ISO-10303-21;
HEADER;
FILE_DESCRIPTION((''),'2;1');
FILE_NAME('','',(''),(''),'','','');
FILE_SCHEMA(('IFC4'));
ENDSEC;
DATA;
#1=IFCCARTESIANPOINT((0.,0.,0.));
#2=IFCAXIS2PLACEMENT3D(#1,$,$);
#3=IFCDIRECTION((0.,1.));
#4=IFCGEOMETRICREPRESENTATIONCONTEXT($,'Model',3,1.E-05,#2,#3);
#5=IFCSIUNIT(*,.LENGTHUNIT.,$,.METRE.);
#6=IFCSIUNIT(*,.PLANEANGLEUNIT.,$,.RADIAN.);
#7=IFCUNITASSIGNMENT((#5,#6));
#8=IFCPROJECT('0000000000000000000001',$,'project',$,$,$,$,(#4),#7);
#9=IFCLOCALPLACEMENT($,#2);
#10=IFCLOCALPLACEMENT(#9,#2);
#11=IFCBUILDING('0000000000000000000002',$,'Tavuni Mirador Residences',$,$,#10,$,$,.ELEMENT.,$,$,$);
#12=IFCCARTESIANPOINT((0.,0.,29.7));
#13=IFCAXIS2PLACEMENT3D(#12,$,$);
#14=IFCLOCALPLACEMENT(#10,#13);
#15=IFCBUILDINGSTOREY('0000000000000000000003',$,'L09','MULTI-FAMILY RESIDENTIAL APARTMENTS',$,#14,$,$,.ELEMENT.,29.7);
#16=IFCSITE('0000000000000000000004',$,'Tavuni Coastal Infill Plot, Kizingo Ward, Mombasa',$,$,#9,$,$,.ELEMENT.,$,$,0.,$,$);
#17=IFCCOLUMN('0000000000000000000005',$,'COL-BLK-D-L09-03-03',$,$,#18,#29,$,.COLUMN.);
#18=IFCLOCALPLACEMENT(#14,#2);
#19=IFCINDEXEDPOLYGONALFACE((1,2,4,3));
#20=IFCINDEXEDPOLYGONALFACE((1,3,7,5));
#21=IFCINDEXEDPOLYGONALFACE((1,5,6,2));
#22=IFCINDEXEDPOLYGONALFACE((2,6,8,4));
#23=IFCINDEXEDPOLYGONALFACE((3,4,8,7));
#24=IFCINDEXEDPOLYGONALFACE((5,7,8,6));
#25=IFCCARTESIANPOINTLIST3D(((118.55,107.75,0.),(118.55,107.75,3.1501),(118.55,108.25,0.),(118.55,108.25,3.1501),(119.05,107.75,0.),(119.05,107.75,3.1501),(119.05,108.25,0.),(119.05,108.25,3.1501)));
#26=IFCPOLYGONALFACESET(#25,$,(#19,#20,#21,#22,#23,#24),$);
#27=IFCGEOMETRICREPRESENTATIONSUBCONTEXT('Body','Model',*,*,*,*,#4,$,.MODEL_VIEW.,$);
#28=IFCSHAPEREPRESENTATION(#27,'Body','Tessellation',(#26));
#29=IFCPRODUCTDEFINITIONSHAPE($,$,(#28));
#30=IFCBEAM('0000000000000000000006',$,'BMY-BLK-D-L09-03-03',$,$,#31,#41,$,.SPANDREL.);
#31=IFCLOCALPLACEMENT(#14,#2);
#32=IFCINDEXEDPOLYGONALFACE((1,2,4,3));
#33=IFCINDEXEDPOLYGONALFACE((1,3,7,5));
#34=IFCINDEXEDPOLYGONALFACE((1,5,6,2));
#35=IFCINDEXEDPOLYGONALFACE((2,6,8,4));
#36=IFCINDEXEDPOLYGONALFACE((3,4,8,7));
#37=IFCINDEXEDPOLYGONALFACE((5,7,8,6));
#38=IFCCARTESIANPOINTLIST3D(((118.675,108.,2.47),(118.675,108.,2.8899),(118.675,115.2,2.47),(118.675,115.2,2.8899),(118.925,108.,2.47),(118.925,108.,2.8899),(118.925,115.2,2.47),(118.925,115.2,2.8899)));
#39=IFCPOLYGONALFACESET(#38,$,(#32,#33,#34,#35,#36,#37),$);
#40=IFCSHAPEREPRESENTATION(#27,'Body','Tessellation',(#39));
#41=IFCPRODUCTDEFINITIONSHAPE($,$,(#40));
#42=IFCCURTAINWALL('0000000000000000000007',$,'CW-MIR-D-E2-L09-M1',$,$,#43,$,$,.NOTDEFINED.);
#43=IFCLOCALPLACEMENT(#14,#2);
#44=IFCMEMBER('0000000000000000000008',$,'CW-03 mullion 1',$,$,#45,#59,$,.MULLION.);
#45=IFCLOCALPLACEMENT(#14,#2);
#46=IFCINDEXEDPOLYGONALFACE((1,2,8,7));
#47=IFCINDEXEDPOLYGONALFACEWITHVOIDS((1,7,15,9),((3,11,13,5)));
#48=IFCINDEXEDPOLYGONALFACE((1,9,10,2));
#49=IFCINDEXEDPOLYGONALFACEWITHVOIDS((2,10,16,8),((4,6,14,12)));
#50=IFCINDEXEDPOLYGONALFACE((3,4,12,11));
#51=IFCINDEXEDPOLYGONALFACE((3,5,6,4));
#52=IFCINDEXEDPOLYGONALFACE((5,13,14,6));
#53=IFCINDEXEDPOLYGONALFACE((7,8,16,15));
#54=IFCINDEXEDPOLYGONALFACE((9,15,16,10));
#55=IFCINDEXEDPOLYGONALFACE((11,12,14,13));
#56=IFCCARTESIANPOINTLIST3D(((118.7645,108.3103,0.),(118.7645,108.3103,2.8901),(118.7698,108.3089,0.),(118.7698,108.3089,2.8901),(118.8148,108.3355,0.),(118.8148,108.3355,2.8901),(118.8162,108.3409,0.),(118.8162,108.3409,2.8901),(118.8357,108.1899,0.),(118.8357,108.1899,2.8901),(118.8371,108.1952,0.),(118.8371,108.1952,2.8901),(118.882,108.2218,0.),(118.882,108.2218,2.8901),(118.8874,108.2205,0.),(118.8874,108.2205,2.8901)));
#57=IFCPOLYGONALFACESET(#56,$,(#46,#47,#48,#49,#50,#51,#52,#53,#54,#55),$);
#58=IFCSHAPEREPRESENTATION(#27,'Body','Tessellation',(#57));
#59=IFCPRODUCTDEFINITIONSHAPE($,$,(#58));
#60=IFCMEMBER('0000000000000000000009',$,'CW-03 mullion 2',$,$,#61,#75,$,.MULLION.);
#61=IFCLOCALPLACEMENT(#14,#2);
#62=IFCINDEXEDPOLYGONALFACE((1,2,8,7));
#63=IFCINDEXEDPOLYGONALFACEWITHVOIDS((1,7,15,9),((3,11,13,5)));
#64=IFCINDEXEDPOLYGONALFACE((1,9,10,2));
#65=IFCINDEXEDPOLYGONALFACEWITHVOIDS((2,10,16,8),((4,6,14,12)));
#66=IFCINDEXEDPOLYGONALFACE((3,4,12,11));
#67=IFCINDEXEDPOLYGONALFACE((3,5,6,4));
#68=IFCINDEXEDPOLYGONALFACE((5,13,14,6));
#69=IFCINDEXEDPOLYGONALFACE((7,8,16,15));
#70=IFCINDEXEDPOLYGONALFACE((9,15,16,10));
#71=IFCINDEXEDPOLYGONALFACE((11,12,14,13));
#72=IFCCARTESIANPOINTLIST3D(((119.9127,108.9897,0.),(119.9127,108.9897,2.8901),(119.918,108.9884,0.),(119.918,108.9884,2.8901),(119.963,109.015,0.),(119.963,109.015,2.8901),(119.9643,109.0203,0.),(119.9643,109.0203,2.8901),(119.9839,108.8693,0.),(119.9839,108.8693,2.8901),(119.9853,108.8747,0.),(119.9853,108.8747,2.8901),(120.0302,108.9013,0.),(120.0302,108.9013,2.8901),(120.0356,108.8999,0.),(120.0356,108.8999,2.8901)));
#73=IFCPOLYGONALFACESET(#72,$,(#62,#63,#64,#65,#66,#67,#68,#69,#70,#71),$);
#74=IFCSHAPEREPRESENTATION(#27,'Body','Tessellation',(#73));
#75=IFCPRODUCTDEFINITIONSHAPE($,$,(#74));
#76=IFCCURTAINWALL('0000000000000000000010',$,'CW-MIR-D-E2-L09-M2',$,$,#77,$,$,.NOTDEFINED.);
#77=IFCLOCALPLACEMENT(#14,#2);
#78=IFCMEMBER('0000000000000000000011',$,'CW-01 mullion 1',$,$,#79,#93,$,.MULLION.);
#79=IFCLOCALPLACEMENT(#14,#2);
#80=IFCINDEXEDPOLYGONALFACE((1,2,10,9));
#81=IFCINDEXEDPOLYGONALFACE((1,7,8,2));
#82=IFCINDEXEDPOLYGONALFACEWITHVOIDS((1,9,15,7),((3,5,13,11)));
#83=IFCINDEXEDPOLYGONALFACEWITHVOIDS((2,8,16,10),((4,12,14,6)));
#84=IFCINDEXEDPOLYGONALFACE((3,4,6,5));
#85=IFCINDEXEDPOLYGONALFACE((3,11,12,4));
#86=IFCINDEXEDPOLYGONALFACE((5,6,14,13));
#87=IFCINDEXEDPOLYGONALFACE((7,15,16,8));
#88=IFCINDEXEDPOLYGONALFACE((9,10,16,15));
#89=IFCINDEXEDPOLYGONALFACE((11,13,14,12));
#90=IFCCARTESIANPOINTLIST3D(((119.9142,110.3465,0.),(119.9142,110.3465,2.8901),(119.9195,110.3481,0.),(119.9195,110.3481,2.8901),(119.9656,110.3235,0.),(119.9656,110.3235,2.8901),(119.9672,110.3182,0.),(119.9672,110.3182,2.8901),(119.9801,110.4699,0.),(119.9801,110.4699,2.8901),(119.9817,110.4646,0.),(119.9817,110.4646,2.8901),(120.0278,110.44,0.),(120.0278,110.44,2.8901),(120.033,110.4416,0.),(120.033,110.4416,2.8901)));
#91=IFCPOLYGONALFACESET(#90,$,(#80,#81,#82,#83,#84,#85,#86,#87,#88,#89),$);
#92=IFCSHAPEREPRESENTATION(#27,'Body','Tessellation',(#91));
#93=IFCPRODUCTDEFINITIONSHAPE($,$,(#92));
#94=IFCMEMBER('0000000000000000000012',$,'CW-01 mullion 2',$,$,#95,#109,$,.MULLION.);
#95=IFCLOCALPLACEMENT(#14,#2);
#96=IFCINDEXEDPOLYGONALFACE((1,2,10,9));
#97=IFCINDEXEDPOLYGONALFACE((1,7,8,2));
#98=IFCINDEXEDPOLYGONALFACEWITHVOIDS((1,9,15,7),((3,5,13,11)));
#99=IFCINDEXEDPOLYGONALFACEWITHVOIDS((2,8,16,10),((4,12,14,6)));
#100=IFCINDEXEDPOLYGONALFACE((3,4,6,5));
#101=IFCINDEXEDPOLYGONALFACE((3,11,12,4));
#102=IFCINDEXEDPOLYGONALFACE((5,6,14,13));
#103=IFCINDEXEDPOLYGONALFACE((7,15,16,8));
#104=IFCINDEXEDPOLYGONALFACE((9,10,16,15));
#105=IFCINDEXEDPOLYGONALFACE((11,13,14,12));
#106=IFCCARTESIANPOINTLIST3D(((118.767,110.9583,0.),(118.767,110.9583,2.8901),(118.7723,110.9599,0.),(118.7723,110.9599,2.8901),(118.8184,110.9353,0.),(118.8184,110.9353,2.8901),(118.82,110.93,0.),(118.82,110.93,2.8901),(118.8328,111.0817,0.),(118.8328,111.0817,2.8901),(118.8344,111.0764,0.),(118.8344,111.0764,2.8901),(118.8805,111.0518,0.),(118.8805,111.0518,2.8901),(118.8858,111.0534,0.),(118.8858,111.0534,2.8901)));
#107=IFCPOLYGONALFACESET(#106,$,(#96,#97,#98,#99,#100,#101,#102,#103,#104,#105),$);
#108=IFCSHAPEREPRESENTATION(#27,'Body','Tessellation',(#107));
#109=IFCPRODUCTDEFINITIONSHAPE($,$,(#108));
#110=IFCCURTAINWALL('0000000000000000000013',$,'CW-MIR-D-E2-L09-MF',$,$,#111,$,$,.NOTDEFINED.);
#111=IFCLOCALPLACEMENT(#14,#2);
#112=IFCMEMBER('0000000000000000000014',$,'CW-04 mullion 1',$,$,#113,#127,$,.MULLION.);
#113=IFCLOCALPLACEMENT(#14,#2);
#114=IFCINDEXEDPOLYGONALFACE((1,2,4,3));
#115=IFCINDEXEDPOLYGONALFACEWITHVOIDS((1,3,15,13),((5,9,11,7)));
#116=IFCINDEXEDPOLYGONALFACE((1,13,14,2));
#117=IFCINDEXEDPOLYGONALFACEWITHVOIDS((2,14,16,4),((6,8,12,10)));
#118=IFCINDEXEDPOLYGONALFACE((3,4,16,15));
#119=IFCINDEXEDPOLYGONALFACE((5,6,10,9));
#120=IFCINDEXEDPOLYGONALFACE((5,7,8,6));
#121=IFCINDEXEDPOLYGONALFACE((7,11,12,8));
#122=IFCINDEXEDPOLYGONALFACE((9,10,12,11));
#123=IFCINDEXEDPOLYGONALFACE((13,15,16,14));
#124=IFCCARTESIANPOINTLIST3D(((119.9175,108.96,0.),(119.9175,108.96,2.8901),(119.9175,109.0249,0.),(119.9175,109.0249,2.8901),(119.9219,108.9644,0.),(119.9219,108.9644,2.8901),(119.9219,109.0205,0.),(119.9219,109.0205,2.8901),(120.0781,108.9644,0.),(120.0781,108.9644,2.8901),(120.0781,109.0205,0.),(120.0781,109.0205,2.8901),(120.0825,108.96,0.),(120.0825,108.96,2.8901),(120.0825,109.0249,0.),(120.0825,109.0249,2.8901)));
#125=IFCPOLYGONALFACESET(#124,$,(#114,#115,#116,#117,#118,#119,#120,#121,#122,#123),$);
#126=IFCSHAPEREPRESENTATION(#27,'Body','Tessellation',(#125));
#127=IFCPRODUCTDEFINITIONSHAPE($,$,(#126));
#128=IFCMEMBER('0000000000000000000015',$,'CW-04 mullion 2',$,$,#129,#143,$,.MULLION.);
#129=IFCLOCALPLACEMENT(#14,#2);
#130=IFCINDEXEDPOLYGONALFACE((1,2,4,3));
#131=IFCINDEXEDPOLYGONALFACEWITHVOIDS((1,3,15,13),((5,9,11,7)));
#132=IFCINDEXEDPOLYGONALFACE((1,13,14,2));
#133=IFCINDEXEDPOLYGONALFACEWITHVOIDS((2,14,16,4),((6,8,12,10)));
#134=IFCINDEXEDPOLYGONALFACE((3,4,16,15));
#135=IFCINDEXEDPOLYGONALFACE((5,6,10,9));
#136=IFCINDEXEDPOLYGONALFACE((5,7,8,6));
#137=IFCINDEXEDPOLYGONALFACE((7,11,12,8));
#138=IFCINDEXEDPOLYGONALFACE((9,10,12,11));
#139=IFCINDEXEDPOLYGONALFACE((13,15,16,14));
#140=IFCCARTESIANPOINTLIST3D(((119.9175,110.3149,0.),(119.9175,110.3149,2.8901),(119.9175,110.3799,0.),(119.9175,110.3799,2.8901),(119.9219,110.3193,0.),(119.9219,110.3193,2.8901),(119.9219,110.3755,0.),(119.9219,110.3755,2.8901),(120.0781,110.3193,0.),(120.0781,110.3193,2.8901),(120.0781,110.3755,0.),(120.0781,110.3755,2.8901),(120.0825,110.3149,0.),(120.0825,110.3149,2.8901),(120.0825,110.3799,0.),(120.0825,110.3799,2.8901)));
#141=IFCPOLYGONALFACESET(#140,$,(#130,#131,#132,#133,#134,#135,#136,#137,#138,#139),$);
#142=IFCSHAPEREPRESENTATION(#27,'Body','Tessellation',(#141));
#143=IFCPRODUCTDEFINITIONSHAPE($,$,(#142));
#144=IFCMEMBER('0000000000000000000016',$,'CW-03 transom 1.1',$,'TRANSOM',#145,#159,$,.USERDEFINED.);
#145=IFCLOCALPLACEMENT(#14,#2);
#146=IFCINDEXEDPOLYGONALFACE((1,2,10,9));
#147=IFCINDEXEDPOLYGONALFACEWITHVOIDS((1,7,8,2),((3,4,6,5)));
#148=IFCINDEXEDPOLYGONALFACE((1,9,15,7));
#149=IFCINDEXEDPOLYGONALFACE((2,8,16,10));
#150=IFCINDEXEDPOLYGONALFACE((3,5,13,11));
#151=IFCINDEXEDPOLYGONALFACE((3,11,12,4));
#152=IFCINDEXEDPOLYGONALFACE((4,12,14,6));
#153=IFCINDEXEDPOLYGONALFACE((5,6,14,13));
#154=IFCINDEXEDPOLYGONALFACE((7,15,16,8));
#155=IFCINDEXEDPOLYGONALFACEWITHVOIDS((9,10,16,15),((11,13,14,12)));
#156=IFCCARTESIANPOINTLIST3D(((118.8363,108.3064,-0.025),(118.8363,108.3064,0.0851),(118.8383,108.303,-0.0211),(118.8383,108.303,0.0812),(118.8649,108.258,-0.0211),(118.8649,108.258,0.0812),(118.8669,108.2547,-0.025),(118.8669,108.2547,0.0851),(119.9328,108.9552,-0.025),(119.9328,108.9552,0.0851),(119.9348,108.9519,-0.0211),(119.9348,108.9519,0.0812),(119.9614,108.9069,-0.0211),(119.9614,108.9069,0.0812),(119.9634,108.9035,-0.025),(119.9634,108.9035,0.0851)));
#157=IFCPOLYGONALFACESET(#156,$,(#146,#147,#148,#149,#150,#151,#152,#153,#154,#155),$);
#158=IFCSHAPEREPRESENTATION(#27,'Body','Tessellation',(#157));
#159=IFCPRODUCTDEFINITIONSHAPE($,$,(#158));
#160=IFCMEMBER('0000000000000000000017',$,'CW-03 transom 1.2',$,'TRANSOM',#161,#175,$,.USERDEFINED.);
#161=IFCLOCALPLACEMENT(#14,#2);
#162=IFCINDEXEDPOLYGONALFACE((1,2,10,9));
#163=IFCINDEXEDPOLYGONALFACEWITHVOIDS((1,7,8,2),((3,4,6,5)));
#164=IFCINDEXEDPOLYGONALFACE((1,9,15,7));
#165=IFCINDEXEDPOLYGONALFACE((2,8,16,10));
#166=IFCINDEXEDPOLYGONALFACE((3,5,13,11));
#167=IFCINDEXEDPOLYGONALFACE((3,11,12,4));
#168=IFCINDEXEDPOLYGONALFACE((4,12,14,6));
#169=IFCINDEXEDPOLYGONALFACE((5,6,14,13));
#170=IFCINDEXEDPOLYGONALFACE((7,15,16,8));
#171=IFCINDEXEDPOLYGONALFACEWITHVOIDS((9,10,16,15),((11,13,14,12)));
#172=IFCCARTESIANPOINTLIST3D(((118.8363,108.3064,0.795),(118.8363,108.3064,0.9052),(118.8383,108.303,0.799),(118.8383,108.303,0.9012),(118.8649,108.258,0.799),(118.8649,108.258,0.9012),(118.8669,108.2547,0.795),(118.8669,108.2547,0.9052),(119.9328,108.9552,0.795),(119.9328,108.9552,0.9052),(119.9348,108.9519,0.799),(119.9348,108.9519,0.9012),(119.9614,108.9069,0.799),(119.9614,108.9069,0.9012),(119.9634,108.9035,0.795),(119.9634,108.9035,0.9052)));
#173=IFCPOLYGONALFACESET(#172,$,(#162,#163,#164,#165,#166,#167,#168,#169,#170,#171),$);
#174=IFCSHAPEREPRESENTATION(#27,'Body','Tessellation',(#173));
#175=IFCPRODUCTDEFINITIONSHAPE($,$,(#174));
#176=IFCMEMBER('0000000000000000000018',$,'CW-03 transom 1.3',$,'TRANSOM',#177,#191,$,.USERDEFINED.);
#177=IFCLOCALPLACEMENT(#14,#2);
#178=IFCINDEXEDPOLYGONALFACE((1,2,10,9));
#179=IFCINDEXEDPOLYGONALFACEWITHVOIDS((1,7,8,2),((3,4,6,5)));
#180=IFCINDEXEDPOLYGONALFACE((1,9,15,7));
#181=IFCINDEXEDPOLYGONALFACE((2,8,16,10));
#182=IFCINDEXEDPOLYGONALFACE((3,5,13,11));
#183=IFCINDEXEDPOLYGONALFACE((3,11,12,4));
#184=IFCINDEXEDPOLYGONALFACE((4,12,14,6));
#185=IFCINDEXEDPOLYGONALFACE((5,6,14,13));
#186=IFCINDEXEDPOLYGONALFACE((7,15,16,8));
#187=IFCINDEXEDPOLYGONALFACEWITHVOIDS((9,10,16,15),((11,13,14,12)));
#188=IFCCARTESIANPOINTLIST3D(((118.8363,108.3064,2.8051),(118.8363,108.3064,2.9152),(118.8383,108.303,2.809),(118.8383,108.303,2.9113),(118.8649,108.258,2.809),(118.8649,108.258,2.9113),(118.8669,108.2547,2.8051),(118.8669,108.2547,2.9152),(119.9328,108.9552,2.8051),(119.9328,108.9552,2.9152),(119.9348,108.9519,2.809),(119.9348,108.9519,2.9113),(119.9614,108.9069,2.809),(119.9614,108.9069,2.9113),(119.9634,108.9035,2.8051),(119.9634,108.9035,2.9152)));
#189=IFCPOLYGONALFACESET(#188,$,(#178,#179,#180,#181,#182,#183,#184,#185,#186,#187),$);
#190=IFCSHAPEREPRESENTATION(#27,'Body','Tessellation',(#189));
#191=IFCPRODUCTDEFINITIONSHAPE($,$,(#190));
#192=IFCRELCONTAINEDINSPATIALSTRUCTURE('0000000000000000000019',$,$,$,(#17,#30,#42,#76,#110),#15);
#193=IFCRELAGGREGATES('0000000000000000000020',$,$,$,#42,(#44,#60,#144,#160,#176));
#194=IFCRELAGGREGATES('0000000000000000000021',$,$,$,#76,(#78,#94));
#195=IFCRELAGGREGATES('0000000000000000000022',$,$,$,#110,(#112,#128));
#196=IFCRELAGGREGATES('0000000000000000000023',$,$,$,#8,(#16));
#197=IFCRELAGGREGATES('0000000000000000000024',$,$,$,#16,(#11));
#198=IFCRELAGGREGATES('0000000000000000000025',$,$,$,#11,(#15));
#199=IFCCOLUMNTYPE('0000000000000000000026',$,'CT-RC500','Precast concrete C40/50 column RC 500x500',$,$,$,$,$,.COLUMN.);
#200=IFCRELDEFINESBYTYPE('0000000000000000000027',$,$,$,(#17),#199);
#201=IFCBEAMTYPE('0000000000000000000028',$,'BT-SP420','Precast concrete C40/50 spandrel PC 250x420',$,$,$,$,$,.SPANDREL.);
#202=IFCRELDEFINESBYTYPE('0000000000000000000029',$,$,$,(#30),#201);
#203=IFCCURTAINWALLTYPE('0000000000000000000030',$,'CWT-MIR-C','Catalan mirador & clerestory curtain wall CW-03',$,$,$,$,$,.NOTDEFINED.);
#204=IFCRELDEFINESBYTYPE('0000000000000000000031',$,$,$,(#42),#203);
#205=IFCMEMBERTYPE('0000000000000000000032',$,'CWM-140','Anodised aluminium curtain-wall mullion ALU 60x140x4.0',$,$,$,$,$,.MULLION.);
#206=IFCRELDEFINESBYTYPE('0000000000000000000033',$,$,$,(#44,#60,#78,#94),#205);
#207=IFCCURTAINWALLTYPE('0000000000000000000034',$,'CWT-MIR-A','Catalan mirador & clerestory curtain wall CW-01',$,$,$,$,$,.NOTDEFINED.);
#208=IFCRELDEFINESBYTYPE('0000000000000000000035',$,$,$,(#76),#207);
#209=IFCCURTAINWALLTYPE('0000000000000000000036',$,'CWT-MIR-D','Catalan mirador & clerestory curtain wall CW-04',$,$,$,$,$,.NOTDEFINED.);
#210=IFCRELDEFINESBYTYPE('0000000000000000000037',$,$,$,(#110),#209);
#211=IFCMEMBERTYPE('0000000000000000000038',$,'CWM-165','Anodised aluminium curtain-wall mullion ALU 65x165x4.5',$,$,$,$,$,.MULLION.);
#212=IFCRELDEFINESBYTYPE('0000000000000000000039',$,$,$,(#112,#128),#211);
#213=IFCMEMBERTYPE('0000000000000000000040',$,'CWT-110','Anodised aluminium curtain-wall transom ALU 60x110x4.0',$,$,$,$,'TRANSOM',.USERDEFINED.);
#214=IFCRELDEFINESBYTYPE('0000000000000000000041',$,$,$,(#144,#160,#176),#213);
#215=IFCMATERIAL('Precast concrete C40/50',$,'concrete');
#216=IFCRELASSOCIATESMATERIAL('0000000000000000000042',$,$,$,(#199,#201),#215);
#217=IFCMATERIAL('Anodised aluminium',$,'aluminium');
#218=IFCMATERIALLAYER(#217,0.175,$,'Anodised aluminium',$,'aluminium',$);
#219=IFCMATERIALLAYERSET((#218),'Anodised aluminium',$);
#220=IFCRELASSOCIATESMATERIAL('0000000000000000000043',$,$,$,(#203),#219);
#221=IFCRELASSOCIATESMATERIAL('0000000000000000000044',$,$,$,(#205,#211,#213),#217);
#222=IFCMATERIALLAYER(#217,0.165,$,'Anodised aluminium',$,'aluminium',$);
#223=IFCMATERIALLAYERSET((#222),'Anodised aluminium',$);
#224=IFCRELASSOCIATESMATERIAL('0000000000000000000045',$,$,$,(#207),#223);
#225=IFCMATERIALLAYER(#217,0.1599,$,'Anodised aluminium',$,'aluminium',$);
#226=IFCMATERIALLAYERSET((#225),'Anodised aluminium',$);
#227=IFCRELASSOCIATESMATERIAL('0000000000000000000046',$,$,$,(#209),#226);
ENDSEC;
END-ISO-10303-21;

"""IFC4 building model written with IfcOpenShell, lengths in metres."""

from ifc_helpers import new_model, si_unit, direction, frame, origin, origin_2d, place, context, subcontext, project, spatial, rectangle, hollow_rectangle, extrude, material, layer, layer_set, material_profile, profile_set, type_object, element, aggregate, save


model = new_model("IFC4")

# Units and contexts
model_context = context("Model", 3, precision=1e-05, world=origin(), true_north=direction((0.0, 1.0)))
body_context = subcontext(model_context, "Body", "Model", "MODEL_VIEW")
ifc_project = project(units=[si_unit("LENGTHUNIT", "METRE"), si_unit("PLANEANGLEUNIT", "RADIAN")], contexts=[model_context])

# Site, building, storey
site_placement = place(None, origin())
site = spatial("IfcSite", under=ifc_project, at=site_placement, Name="Tavuni Coastal Infill Plot, Kizingo Ward, Mombasa", CompositionType="ELEMENT", RefElevation=0.0)
building_placement = place(site_placement, origin())
building = spatial("IfcBuilding", under=site, at=building_placement, Name="Tavuni Mirador Residences", CompositionType="ELEMENT")
storey_placement = place(building_placement, frame((0.0, 0.0, 29.7)))
storey = spatial("IfcBuildingStorey", under=building, at=storey_placement, Name="L09", Description="MULTI-FAMILY RESIDENTIAL APARTMENTS", CompositionType="ELEMENT", Elevation=29.7)

# Column
ifc_material_1 = material(Name="Precast concrete C40/50", Category="concrete")
ifc_material_profile_1 = material_profile(ifc_material_1, rectangle(XDim=0.5, YDim=0.5, at=origin_2d()), Name="RC 500x500", Category="concrete")
ifc_profile_set_1 = profile_set([ifc_material_profile_1], Name="Precast concrete C40/50")
column_type = type_object("IfcColumnType", Name="CT-RC500", Description="Precast concrete C40/50 column RC 500x500", PredefinedType="COLUMN", material=ifc_profile_set_1)
column_placement = place(storey_placement, frame((118.8, 108.0, 0.0), z_axis=(0.0, 0.0, 1.0), x_axis=(1.0, 0.0, 0.0)))
element("IfcColumn", 1, at=column_placement, inside=storey, type_object=column_type, Name="COL-BLK-D-L09-03-03", PredefinedType="COLUMN", context=body_context, shape_type="SweptSolid", body=[
    extrude(rectangle(XDim=0.5, YDim=0.5, at=origin_2d()), origin(), (0.0, 0.0, 1.0), 3.1501),
])

# Beam
ifc_material_profile_2 = material_profile(ifc_material_1, rectangle(XDim=0.25, YDim=0.4199, at=origin_2d()), Name="PC 250x420", Category="concrete")
ifc_profile_set_2 = profile_set([ifc_material_profile_2], Name="Precast concrete C40/50")
beam_type = type_object("IfcBeamType", Name="BT-SP420", Description="Precast concrete C40/50 spandrel PC 250x420", PredefinedType="SPANDREL", material=ifc_profile_set_2)
beam_placement = place(storey_placement, frame((118.8, 108.0, 2.6799), z_axis=(0.0, 1.0, 0.0), x_axis=(-1.0, 0.0, 0.0)))
element("IfcBeam", 2, at=beam_placement, inside=storey, type_object=beam_type, Name="BMY-BLK-D-L09-03-03", PredefinedType="SPANDREL", context=body_context, shape_type="SweptSolid", body=[
    extrude(rectangle(XDim=0.25, YDim=0.4199, at=origin_2d()), origin(), (0.0, 0.0, 1.0), 7.2),
])

# Curtain walls, members
ifc_material_2 = material(Name="Anodised aluminium", Category="aluminium")
ifc_layer_1 = layer(ifc_material_2, 0.175, Name="Anodised aluminium", Category="aluminium")
ifc_layer_set_1 = layer_set([ifc_layer_1], Name="Anodised aluminium")
curtain_wall_type_1 = type_object("IfcCurtainWallType", Name="CWT-MIR-C", Description="Catalan mirador & clerestory curtain wall CW-03", PredefinedType="NOTDEFINED", material=ifc_layer_set_1)
curtain_wall_1_placement = place(storey_placement, origin())
curtain_wall_1 = element("IfcCurtainWall", 3, at=curtain_wall_1_placement, inside=storey, type_object=curtain_wall_type_1, Name="CW-MIR-D-E2-L09-M1", PredefinedType="NOTDEFINED")
ifc_material_profile_3 = material_profile(ifc_material_2, hollow_rectangle(XDim=0.0601, YDim=0.1399, WallThickness=0.0039, at=origin_2d()), Name="ALU 60x140x4.0", Category="aluminium")
ifc_profile_set_3 = profile_set([ifc_material_profile_3], Name="Anodised aluminium")
member_type_1 = type_object("IfcMemberType", Name="CWM-140", Description="Anodised aluminium curtain-wall mullion ALU 60x140x4.0", PredefinedType="MULLION", material=ifc_profile_set_3)
member_1_placement = place(storey_placement, frame((118.8259, 108.2654, 0.0), z_axis=(0.0, 0.0, 1.0), x_axis=(0.860641, 0.509212, 0.0)))
member_1 = element("IfcMember", 4, at=member_1_placement, type_object=member_type_1, Name="CW-03 mullion 1", PredefinedType="MULLION", context=body_context, shape_type="SweptSolid", body=[
    extrude(hollow_rectangle(XDim=0.0601, YDim=0.1399, WallThickness=0.0039, at=origin_2d()), origin(), (0.0, 0.0, 1.0), 2.8901),
])
member_2_placement = place(storey_placement, frame((119.9741, 108.9448, 0.0), z_axis=(0.0, 0.0, 1.0), x_axis=(0.860641, 0.509212, 0.0)))
member_2 = element("IfcMember", 5, at=member_2_placement, type_object=member_type_1, Name="CW-03 mullion 2", PredefinedType="MULLION", context=body_context, shape_type="SweptSolid", body=[
    extrude(hollow_rectangle(XDim=0.0601, YDim=0.1399, WallThickness=0.0039, at=origin_2d()), origin(), (0.0, 0.0, 1.0), 2.8901),
])
ifc_layer_2 = layer(ifc_material_2, 0.165, Name="Anodised aluminium", Category="aluminium")
ifc_layer_set_2 = layer_set([ifc_layer_2], Name="Anodised aluminium")
curtain_wall_type_2 = type_object("IfcCurtainWallType", Name="CWT-MIR-A", Description="Catalan mirador & clerestory curtain wall CW-01", PredefinedType="NOTDEFINED", material=ifc_layer_set_2)
curtain_wall_2_placement = place(storey_placement, origin())
curtain_wall_2 = element("IfcCurtainWall", 6, at=curtain_wall_2_placement, inside=storey, type_object=curtain_wall_type_2, Name="CW-MIR-D-E2-L09-M2", PredefinedType="NOTDEFINED")
member_3_placement = place(storey_placement, frame((119.9736, 110.394, 0.0), z_axis=(0.0, 0.0, 1.0), x_axis=(-0.882353, 0.470588, 0.0)))
member_3 = element("IfcMember", 7, at=member_3_placement, type_object=member_type_1, Name="CW-01 mullion 1", PredefinedType="MULLION", context=body_context, shape_type="SweptSolid", body=[
    extrude(hollow_rectangle(XDim=0.0601, YDim=0.1399, WallThickness=0.0039, at=origin_2d()), origin(), (0.0, 0.0, 1.0), 2.8901),
])
member_4_placement = place(storey_placement, frame((118.8264, 111.0059, 0.0), z_axis=(0.0, 0.0, 1.0), x_axis=(-0.882353, 0.470588, 0.0)))
member_4 = element("IfcMember", 8, at=member_4_placement, type_object=member_type_1, Name="CW-01 mullion 2", PredefinedType="MULLION", context=body_context, shape_type="SweptSolid", body=[
    extrude(hollow_rectangle(XDim=0.0601, YDim=0.1399, WallThickness=0.0039, at=origin_2d()), origin(), (0.0, 0.0, 1.0), 2.8901),
])
ifc_layer_3 = layer(ifc_material_2, 0.1599, Name="Anodised aluminium", Category="aluminium")
ifc_layer_set_3 = layer_set([ifc_layer_3], Name="Anodised aluminium")
curtain_wall_type_3 = type_object("IfcCurtainWallType", Name="CWT-MIR-D", Description="Catalan mirador & clerestory curtain wall CW-04", PredefinedType="NOTDEFINED", material=ifc_layer_set_3)
curtain_wall_3_placement = place(storey_placement, origin())
curtain_wall_3 = element("IfcCurtainWall", 9, at=curtain_wall_3_placement, inside=storey, type_object=curtain_wall_type_3, Name="CW-MIR-D-E2-L09-MF", PredefinedType="NOTDEFINED")
ifc_material_profile_4 = material_profile(ifc_material_2, hollow_rectangle(XDim=0.0649, YDim=0.165, WallThickness=0.0044, at=origin_2d()), Name="ALU 65x165x4.5", Category="aluminium")
ifc_profile_set_4 = profile_set([ifc_material_profile_4], Name="Anodised aluminium")
member_type_2 = type_object("IfcMemberType", Name="CWM-165", Description="Anodised aluminium curtain-wall mullion ALU 65x165x4.5", PredefinedType="MULLION", material=ifc_profile_set_4)
member_5_placement = place(storey_placement, frame((120.0, 108.9924, 0.0), z_axis=(0.0, 0.0, 1.0), x_axis=(0.0, 1.0, 0.0)))
member_5 = element("IfcMember", 10, at=member_5_placement, type_object=member_type_2, Name="CW-04 mullion 1", PredefinedType="MULLION", context=body_context, shape_type="SweptSolid", body=[
    extrude(hollow_rectangle(XDim=0.0649, YDim=0.165, WallThickness=0.0044, at=origin_2d()), origin(), (0.0, 0.0, 1.0), 2.8901),
])
member_6_placement = place(storey_placement, frame((120.0, 110.3474, 0.0), z_axis=(0.0, 0.0, 1.0), x_axis=(0.0, 1.0, 0.0)))
member_6 = element("IfcMember", 11, at=member_6_placement, type_object=member_type_2, Name="CW-04 mullion 2", PredefinedType="MULLION", context=body_context, shape_type="SweptSolid", body=[
    extrude(hollow_rectangle(XDim=0.0649, YDim=0.165, WallThickness=0.0044, at=origin_2d()), origin(), (0.0, 0.0, 1.0), 2.8901),
])

# Members
ifc_material_profile_5 = material_profile(ifc_material_2, hollow_rectangle(XDim=0.0601, YDim=0.1101, WallThickness=0.0039, at=origin_2d()), Name="ALU 60x110x4.0", Category="aluminium")
ifc_profile_set_5 = profile_set([ifc_material_profile_5], Name="Anodised aluminium")
member_type_3 = type_object("IfcMemberType", Name="CWT-110", Description="Anodised aluminium curtain-wall transom ALU 60x110x4.0", ElementType="TRANSOM", PredefinedType="USERDEFINED", material=ifc_profile_set_5)
member_7_placement = place(storey_placement, frame((118.8516, 108.2805, 0.03), z_axis=(0.860621, 0.509246, 0.0), x_axis=(-0.509246, 0.860621, 0.0)))
member_7 = element("IfcMember", 12, at=member_7_placement, type_object=member_type_3, Name="CW-03 transom 1.1", ObjectType="TRANSOM", PredefinedType="USERDEFINED", context=body_context, shape_type="SweptSolid", body=[
    extrude(hollow_rectangle(XDim=0.0601, YDim=0.1101, WallThickness=0.0039, at=origin_2d()), origin(), (0.0, 0.0, 1.0), 1.2742),
])
member_8_placement = place(storey_placement, frame((118.8516, 108.2805, 0.8501), z_axis=(0.860621, 0.509246, 0.0), x_axis=(-0.509246, 0.860621, 0.0)))
member_8 = element("IfcMember", 13, at=member_8_placement, type_object=member_type_3, Name="CW-03 transom 1.2", ObjectType="TRANSOM", PredefinedType="USERDEFINED", context=body_context, shape_type="SweptSolid", body=[
    extrude(hollow_rectangle(XDim=0.0601, YDim=0.1101, WallThickness=0.0039, at=origin_2d()), origin(), (0.0, 0.0, 1.0), 1.2742),
])
member_9_placement = place(storey_placement, frame((118.8516, 108.2805, 2.8601), z_axis=(0.860621, 0.509246, 0.0), x_axis=(-0.509246, 0.860621, 0.0)))
member_9 = element("IfcMember", 14, at=member_9_placement, type_object=member_type_3, Name="CW-03 transom 1.3", ObjectType="TRANSOM", PredefinedType="USERDEFINED", context=body_context, shape_type="SweptSolid", body=[
    extrude(hollow_rectangle(XDim=0.0601, YDim=0.1101, WallThickness=0.0039, at=origin_2d()), origin(), (0.0, 0.0, 1.0), 1.2742),
])

aggregate(curtain_wall_1, [member_1, member_2, member_7, member_8, member_9])
aggregate(curtain_wall_2, [member_3, member_4])
aggregate(curtain_wall_3, [member_5, member_6])

save(model, "model.ifc")
